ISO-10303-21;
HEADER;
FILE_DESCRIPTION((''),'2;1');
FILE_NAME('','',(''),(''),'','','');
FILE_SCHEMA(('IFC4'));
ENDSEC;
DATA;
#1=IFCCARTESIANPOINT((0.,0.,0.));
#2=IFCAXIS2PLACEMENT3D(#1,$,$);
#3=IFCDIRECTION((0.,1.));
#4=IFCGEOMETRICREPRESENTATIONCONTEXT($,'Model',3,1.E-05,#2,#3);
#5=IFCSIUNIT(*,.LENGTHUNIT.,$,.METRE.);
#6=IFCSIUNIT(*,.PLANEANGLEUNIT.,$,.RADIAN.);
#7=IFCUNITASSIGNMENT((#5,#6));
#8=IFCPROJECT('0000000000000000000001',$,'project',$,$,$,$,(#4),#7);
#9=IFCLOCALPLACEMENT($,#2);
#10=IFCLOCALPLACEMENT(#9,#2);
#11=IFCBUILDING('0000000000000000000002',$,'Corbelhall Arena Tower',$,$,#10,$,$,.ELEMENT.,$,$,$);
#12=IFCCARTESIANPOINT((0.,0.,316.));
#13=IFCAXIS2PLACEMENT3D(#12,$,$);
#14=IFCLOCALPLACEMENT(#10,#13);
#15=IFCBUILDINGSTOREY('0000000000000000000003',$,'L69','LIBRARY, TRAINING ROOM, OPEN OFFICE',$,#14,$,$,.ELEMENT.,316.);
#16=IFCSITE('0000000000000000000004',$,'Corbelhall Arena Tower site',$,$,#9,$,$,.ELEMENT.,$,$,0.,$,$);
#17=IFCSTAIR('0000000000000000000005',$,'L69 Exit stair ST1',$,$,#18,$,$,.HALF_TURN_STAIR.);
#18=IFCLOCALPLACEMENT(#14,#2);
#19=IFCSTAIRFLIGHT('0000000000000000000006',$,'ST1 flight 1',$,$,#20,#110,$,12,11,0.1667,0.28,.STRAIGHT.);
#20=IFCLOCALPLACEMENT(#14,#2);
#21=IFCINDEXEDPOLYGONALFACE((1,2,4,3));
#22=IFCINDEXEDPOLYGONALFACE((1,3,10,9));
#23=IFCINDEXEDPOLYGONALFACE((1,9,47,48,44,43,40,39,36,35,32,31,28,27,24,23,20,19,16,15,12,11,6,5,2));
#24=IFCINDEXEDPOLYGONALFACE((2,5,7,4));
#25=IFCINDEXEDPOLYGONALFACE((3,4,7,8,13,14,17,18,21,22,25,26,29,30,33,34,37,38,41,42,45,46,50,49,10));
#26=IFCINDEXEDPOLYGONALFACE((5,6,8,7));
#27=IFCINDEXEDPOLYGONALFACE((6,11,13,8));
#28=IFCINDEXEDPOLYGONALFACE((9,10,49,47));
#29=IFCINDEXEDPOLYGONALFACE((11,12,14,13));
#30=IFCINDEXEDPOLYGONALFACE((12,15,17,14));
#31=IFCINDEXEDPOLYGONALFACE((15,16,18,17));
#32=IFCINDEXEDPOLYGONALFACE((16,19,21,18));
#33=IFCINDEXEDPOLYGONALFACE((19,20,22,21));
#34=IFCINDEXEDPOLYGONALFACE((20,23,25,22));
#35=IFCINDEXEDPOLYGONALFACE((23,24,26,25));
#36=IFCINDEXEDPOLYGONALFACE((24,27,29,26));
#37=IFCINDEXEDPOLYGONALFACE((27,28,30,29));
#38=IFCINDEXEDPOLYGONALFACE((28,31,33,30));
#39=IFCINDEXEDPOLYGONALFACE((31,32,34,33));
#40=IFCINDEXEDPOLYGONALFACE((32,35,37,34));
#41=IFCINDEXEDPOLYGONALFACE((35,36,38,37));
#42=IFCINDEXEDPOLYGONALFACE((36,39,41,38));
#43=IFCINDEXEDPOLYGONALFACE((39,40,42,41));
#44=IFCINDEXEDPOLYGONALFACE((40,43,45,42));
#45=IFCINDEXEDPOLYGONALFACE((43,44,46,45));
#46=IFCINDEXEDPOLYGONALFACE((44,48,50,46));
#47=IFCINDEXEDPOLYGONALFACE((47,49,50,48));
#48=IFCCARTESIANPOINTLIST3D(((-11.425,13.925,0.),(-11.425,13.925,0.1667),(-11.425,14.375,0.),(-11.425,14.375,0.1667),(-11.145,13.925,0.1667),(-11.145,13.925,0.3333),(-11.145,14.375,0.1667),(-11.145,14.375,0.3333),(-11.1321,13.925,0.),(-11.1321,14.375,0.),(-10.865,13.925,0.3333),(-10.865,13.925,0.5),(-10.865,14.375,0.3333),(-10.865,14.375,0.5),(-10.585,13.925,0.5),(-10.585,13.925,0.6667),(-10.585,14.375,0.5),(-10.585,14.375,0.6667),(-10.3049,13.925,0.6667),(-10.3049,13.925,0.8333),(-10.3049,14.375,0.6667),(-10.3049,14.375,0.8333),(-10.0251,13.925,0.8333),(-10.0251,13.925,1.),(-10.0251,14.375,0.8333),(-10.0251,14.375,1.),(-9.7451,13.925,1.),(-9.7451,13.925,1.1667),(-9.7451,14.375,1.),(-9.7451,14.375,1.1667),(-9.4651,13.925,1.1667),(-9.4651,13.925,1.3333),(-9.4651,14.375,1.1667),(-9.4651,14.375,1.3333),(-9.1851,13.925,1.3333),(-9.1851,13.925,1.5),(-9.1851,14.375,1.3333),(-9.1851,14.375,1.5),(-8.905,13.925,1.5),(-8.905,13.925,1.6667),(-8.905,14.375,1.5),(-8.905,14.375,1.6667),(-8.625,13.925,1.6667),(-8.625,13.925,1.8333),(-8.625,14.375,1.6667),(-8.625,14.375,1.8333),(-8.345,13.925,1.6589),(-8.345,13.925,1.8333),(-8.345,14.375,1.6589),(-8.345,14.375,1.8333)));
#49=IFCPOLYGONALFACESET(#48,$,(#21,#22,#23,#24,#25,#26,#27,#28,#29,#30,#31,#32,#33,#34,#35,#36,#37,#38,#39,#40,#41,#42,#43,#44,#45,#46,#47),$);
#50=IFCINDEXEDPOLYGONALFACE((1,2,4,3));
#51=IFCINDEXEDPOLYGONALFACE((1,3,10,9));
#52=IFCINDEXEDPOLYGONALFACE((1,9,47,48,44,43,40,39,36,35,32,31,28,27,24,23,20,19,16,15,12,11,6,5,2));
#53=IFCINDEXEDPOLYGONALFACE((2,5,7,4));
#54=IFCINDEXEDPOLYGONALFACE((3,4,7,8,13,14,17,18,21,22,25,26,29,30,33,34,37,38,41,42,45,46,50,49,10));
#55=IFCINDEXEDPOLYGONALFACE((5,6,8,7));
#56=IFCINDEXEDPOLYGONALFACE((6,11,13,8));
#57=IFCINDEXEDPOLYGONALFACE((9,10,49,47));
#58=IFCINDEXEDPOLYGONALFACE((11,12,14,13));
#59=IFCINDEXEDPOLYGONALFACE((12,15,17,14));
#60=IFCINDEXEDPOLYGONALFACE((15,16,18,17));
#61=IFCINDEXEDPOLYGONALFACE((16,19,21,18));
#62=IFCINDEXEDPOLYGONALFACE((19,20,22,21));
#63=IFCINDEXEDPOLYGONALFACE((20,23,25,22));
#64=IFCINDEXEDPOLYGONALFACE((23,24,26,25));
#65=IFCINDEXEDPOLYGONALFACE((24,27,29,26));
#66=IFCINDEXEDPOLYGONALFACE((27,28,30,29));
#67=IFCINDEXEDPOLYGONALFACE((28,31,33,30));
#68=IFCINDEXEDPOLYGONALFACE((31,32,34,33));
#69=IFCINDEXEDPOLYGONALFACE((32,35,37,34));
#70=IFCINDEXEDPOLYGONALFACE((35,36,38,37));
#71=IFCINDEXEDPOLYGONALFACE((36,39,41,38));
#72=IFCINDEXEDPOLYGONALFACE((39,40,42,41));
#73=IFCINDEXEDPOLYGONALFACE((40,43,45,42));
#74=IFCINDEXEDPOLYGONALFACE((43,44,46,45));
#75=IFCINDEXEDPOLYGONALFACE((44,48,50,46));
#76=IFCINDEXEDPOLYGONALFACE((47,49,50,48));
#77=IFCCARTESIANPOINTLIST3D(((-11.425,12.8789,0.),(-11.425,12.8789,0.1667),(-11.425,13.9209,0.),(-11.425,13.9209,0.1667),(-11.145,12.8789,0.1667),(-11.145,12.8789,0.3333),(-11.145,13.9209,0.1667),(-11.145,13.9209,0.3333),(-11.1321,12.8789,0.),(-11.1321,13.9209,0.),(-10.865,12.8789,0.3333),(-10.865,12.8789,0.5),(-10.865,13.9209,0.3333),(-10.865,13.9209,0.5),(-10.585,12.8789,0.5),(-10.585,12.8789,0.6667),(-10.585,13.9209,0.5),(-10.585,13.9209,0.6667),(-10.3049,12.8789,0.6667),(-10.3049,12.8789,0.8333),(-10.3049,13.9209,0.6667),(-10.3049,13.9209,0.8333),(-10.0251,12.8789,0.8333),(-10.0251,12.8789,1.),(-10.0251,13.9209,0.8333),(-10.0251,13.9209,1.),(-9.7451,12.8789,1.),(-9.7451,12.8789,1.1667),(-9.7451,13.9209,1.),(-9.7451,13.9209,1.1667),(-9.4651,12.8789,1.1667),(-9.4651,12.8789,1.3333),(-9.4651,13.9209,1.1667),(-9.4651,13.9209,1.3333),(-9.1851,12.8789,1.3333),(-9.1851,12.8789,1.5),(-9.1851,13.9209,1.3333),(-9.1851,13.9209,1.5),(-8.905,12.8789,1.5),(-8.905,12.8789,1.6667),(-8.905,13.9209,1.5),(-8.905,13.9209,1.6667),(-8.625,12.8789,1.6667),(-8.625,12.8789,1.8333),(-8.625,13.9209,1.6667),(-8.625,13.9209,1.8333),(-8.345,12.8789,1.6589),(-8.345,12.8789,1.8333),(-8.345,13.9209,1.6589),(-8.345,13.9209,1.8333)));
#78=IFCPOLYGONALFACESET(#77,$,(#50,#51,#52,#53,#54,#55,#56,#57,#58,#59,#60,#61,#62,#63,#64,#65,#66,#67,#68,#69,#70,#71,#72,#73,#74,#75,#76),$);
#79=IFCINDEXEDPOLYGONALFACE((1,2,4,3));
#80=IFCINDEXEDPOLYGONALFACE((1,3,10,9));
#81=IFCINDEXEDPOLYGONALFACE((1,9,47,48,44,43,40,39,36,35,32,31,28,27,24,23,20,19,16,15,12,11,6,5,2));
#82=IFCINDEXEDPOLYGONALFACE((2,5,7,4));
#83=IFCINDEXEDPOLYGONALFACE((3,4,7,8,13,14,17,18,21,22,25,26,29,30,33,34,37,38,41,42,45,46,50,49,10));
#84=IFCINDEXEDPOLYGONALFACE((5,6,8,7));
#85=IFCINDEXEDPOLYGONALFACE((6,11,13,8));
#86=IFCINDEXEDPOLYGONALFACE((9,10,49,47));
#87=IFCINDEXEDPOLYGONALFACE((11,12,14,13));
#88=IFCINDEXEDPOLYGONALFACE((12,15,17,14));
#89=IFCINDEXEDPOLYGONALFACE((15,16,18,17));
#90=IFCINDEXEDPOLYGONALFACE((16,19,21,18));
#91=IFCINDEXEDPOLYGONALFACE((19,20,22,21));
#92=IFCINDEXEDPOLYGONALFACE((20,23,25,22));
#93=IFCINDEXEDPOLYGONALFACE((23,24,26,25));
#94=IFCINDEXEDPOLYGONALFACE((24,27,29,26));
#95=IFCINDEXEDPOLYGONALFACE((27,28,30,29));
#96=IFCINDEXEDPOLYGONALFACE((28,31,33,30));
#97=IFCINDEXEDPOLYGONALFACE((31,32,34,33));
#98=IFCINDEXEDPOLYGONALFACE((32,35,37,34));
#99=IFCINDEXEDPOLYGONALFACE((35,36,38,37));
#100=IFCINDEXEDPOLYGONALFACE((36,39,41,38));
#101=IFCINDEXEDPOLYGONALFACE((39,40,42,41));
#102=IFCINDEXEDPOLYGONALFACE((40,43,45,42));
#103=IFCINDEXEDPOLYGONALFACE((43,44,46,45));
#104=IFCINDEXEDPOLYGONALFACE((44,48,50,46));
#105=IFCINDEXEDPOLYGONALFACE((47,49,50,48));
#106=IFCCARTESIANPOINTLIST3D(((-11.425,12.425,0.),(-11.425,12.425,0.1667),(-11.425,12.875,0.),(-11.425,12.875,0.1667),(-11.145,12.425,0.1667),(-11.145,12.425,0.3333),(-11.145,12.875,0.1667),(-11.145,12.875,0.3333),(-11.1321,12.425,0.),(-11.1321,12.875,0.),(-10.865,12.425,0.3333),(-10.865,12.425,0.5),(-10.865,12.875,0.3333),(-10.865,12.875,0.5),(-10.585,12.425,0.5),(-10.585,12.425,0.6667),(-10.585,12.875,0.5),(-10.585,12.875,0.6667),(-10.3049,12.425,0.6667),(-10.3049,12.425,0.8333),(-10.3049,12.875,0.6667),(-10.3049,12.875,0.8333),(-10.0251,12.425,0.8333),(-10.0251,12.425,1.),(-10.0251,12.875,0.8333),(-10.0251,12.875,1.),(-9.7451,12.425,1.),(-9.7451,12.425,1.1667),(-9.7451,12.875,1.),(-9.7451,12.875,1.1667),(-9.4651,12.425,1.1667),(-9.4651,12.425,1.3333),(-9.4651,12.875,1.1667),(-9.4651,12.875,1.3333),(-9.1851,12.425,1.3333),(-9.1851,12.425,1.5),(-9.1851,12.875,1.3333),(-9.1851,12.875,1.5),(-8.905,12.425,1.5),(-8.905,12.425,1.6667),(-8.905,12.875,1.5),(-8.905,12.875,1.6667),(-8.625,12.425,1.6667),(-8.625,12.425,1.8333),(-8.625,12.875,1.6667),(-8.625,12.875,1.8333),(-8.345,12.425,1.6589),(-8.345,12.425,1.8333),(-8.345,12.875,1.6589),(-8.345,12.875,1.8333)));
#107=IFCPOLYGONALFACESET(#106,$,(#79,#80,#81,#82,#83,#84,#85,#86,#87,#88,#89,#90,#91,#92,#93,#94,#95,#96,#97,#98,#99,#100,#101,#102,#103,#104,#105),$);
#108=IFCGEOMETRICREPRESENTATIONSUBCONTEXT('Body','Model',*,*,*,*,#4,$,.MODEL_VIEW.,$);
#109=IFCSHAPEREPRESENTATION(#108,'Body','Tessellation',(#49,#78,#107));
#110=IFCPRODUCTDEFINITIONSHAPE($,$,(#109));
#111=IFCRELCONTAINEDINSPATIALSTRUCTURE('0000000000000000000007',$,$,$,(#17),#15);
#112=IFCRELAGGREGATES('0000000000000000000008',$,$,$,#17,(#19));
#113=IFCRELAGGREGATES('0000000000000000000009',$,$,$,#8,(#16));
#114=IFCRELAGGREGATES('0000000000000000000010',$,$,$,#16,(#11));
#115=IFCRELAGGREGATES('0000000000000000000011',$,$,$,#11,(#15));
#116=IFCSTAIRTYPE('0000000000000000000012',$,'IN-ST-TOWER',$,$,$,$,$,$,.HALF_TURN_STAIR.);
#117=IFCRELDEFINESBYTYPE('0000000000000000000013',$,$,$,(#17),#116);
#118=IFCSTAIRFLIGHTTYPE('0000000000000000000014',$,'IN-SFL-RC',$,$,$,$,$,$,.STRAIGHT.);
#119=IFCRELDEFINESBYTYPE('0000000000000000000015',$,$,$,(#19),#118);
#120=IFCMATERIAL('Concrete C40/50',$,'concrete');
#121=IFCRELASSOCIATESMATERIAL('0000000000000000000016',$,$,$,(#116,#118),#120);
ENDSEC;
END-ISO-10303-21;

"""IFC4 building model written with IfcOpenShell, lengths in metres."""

from ifc_helpers import new_model, si_unit, direction, frame, origin, place, context, subcontext, project, spatial, polyline, outline, extrude, material, type_object, element, aggregate, save


model = new_model("IFC4")

# Units and contexts
model_context = context("Model", 3, precision=1e-05, world=origin(), true_north=direction((0.0, 1.0)))
body_context = subcontext(model_context, "Body", "Model", "MODEL_VIEW")
ifc_project = project(units=[si_unit("LENGTHUNIT", "METRE"), si_unit("PLANEANGLEUNIT", "RADIAN")], contexts=[model_context])

# Site, building, storey
site_placement = place(None, origin())
site = spatial("IfcSite", under=ifc_project, at=site_placement, Name="Corbelhall Arena Tower site", CompositionType="ELEMENT", RefElevation=0.0)
building_placement = place(site_placement, origin())
building = spatial("IfcBuilding", under=site, at=building_placement, Name="Corbelhall Arena Tower", CompositionType="ELEMENT")
storey_placement = place(building_placement, frame((0.0, 0.0, 316.0)))
storey = spatial("IfcBuildingStorey", under=building, at=storey_placement, Name="L69", Description="LIBRARY, TRAINING ROOM, OPEN OFFICE", CompositionType="ELEMENT", Elevation=316.0)

# Shared definitions
ifc_material_1 = material(Name="Concrete C40/50", Category="concrete")

# Stair, stair flight
stair_type = type_object("IfcStairType", Name="IN-ST-TOWER", PredefinedType="HALF_TURN_STAIR", material=ifc_material_1)
stair_placement = place(storey_placement, origin())
stair = element("IfcStair", 1, at=stair_placement, inside=storey, type_object=stair_type, Name="L69 Exit stair ST1", PredefinedType="HALF_TURN_STAIR")
stair_flight_type = type_object("IfcStairFlightType", Name="IN-SFL-RC", PredefinedType="STRAIGHT", material=ifc_material_1)
stair_flight_placement = place(storey_placement, frame((-11.425, 13.3999, 0.0), z_axis=(0.0, 0.0, 1.0), x_axis=(1.0, 0.0, 0.0)))
stair_flight = element("IfcStairFlight", 2, at=stair_flight_placement, type_object=stair_flight_type, Name="ST1 flight 1", NumberOfRisers=12, NumberOfTreads=11, PredefinedType="STRAIGHT", RiserHeight=0.1667, TreadLength=0.28, context=body_context, shape_type="SweptSolid", body=[
    extrude(outline(polyline([(0.0, 0.0), (0.0, 0.1667), (0.28, 0.1667), (0.28, 0.3333), (0.5601, 0.3333), (0.5601, 0.5), (0.8401, 0.5), (0.8401, 0.6667), (1.1201, 0.6667), (1.1201, 0.8333), (1.3999, 0.8333), (1.3999, 1.0), (1.6799, 1.0), (1.6799, 1.1667), (1.96, 1.1667), (1.96, 1.3333), (2.24, 1.3333), (2.24, 1.5), (2.52, 1.5), (2.52, 1.6667), (2.8, 1.6667), (2.8, 1.8333), (3.0801, 1.8333), (3.0801, 2.0), (3.0801, 1.6589), (0.293, 0.0), (0.0, 0.0)])), frame((0.0, 0.9751, 0.0), z_axis=(0.0, -1.0, 0.0), x_axis=(1.0, 0.0, 0.0)), (0.0, 0.0, 1.0), 0.45),
    extrude(outline(polyline([(0.0, 0.0), (0.0, 0.1667), (0.28, 0.1667), (0.28, 0.3333), (0.5601, 0.3333), (0.5601, 0.5), (0.8401, 0.5), (0.8401, 0.6667), (1.1201, 0.6667), (1.1201, 0.8333), (1.3999, 0.8333), (1.3999, 1.0), (1.6799, 1.0), (1.6799, 1.1667), (1.96, 1.1667), (1.96, 1.3333), (2.24, 1.3333), (2.24, 1.5), (2.52, 1.5), (2.52, 1.6667), (2.8, 1.6667), (2.8, 1.8333), (3.0801, 1.8333), (3.0801, 2.0), (3.0801, 1.6589), (0.293, 0.0), (0.0, 0.0)])), frame((0.0, 0.521, 0.0), z_axis=(0.0, -1.0, 0.0), x_axis=(1.0, 0.0, 0.0)), (0.0, 0.0, 1.0), 1.042),
    extrude(outline(polyline([(0.0, 0.0), (0.0, 0.1667), (0.28, 0.1667), (0.28, 0.3333), (0.5601, 0.3333), (0.5601, 0.5), (0.8401, 0.5), (0.8401, 0.6667), (1.1201, 0.6667), (1.1201, 0.8333), (1.3999, 0.8333), (1.3999, 1.0), (1.6799, 1.0), (1.6799, 1.1667), (1.96, 1.1667), (1.96, 1.3333), (2.24, 1.3333), (2.24, 1.5), (2.52, 1.5), (2.52, 1.6667), (2.8, 1.6667), (2.8, 1.8333), (3.0801, 1.8333), (3.0801, 2.0), (3.0801, 1.6589), (0.293, 0.0), (0.0, 0.0)])), frame((0.0, -0.5249, 0.0), z_axis=(0.0, -1.0, 0.0), x_axis=(1.0, 0.0, 0.0)), (0.0, 0.0, 1.0), 0.45),
])
aggregate(stair, [stair_flight])

save(model, "model.ifc")
